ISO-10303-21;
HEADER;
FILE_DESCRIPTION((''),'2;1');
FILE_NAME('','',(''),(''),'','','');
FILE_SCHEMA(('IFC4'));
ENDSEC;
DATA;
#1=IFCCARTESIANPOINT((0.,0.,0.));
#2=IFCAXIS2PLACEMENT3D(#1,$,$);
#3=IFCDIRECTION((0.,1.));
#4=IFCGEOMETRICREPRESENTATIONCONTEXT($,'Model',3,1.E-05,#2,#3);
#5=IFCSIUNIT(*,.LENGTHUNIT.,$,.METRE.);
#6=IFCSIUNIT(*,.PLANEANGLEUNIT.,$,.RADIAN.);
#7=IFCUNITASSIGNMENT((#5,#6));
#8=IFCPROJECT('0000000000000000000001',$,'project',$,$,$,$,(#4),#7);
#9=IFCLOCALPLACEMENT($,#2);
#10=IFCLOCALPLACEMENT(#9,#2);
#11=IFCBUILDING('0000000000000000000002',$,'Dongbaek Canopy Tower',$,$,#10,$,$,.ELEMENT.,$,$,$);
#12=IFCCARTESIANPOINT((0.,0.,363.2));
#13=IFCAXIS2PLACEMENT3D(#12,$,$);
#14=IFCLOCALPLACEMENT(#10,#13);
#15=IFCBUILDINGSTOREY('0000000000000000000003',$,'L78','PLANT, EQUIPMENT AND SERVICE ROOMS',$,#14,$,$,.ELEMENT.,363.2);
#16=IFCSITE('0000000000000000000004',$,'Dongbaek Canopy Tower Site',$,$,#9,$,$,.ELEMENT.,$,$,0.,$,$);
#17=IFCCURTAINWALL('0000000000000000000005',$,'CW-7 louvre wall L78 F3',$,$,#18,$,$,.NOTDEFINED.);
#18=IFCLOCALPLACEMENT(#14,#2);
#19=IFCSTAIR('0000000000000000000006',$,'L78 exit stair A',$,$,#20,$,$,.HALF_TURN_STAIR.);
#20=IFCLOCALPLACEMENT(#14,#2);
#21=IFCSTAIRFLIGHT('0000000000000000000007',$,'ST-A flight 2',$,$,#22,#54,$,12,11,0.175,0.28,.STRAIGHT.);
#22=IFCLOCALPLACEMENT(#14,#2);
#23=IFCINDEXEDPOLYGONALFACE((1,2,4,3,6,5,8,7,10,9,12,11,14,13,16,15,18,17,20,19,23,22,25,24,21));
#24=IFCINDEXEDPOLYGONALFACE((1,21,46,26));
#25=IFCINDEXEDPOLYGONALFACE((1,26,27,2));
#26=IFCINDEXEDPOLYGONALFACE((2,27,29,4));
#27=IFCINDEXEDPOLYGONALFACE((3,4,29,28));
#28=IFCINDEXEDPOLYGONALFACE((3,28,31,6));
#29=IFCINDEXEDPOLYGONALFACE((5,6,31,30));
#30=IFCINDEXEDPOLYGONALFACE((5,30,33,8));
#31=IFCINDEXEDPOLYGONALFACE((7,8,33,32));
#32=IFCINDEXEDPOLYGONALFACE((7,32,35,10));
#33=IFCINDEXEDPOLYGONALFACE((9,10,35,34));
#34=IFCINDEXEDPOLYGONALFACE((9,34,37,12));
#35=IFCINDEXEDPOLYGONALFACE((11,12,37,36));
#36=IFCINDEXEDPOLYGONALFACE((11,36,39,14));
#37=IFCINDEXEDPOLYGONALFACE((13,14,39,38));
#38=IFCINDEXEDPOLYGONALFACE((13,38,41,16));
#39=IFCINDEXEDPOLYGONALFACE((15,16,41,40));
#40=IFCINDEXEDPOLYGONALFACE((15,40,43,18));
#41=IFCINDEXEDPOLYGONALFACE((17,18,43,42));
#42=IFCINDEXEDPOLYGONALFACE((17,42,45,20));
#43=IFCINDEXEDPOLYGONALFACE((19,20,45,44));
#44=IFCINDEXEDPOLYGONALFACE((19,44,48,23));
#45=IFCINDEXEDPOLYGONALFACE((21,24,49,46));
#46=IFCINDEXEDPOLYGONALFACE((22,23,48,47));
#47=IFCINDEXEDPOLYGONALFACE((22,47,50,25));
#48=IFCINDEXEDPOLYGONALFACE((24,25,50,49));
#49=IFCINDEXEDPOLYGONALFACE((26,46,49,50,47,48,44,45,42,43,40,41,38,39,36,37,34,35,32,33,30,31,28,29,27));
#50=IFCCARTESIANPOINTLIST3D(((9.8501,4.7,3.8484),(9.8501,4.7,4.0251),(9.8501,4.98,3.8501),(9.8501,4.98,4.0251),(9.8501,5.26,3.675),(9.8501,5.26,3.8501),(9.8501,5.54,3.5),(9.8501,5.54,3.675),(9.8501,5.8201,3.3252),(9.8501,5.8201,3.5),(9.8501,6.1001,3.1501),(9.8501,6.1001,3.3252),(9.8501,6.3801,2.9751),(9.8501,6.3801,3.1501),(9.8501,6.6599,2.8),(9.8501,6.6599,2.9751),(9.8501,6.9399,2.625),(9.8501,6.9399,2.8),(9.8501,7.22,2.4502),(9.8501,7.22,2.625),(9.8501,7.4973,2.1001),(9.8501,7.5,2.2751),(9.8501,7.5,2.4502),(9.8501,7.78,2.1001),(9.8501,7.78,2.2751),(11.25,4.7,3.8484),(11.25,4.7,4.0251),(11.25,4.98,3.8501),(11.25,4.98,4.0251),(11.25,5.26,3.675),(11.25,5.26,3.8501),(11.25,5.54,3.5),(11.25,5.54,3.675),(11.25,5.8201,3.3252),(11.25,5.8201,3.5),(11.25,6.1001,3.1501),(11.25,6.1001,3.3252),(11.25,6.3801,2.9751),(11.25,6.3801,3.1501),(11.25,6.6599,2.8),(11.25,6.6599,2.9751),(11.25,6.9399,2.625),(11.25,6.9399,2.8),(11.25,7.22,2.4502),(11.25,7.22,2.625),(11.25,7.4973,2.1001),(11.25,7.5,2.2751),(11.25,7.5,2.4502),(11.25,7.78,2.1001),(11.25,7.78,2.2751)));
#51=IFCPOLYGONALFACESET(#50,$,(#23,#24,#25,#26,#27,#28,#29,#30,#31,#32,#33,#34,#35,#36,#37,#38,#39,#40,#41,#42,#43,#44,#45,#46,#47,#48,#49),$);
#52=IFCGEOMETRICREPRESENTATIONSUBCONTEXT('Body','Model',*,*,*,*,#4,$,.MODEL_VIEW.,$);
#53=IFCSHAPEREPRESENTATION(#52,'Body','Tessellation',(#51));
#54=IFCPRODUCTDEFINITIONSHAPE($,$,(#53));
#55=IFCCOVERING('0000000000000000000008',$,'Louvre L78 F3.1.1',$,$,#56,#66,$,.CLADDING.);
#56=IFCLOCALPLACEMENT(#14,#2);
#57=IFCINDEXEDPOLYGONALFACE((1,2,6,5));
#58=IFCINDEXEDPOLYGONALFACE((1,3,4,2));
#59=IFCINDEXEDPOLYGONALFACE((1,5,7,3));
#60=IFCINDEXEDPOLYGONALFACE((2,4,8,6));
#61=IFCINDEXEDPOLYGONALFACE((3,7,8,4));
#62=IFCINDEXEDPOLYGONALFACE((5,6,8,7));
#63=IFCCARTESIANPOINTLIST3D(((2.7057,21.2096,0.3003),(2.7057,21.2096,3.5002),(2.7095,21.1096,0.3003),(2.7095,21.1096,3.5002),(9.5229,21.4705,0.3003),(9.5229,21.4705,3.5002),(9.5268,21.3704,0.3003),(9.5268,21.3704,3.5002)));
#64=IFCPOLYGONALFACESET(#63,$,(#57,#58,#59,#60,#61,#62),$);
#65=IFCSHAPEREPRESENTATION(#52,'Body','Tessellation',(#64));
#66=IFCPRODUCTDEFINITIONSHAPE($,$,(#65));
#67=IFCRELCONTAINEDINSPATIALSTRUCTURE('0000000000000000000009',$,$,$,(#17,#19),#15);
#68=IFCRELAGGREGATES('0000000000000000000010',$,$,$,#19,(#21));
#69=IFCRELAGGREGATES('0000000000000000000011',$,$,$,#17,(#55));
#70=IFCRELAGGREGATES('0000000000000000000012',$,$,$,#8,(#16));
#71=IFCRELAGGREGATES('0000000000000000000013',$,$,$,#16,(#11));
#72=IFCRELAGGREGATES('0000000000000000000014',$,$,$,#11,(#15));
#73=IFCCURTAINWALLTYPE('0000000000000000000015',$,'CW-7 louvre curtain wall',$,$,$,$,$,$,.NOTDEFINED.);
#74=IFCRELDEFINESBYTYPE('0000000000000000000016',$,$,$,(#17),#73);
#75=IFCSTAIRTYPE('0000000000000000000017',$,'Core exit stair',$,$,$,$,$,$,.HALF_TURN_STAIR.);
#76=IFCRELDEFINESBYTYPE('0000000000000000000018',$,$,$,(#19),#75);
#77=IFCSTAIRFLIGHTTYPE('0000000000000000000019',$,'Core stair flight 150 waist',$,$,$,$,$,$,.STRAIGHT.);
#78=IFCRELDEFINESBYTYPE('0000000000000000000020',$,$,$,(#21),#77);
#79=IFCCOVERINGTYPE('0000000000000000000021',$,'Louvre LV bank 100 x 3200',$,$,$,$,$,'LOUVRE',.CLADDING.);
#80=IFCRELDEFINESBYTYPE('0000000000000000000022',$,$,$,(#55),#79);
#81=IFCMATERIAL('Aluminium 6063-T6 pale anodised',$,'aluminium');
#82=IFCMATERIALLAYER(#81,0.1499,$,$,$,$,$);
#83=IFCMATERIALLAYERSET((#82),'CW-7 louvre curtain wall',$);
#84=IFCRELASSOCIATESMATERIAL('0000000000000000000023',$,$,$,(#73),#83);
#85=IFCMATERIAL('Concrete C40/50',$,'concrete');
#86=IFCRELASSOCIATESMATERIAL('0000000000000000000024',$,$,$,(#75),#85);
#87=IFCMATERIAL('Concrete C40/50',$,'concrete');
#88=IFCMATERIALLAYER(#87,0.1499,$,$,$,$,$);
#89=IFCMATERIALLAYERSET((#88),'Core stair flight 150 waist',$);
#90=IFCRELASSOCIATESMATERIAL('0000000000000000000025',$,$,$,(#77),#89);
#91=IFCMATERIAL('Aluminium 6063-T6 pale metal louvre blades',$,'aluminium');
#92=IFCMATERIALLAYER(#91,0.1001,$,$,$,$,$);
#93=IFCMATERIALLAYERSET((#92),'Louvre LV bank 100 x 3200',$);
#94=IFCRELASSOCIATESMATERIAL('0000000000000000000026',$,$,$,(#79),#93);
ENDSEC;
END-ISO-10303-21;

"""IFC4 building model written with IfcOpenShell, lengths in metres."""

from ifc_helpers import new_model, si_unit, direction, frame, origin, origin_2d, place, context, subcontext, project, spatial, polyline, rectangle, outline, extrude, material, layer, layer_set, type_object, element, aggregate, save


model = new_model("IFC4")

# Units and contexts
model_context = context("Model", 3, precision=1e-05, world=origin(), true_north=direction((0.0, 1.0)))
body_context = subcontext(model_context, "Body", "Model", "MODEL_VIEW")
ifc_project = project(units=[si_unit("LENGTHUNIT", "METRE"), si_unit("PLANEANGLEUNIT", "RADIAN")], contexts=[model_context])

# Site, building, storey
site_placement = place(None, origin())
site = spatial("IfcSite", under=ifc_project, at=site_placement, Name="Dongbaek Canopy Tower Site", CompositionType="ELEMENT", RefElevation=0.0)
building_placement = place(site_placement, origin())
building = spatial("IfcBuilding", under=site, at=building_placement, Name="Dongbaek Canopy Tower", CompositionType="ELEMENT")
storey_placement = place(building_placement, frame((0.0, 0.0, 363.2)))
storey = spatial("IfcBuildingStorey", under=building, at=storey_placement, Name="L78", Description="PLANT, EQUIPMENT AND SERVICE ROOMS", CompositionType="ELEMENT", Elevation=363.2)

# Shared definitions
ifc_material_1 = material(Name="Aluminium 6063-T6 pale anodised", Category="aluminium")
ifc_layer_1 = layer(ifc_material_1, 0.1499)
ifc_layer_set_1 = layer_set([ifc_layer_1], Name="CW-7 louvre curtain wall")
curtain_wall_type = type_object("IfcCurtainWallType", Name="CW-7 louvre curtain wall", PredefinedType="NOTDEFINED", material=ifc_layer_set_1)

# Curtain wall
curtain_wall_1_placement = place(storey_placement, origin())
curtain_wall_1 = element("IfcCurtainWall", 1, at=curtain_wall_1_placement, inside=storey, type_object=curtain_wall_type, Name="CW-7 louvre wall L78 F3", PredefinedType="NOTDEFINED")

# Stair, stair flight
ifc_material_2 = material(Name="Concrete C40/50", Category="concrete")
stair_type = type_object("IfcStairType", Name="Core exit stair", PredefinedType="HALF_TURN_STAIR", material=ifc_material_2)
stair_placement = place(storey_placement, origin())
stair = element("IfcStair", 2, at=stair_placement, inside=storey, type_object=stair_type, Name="L78 exit stair A", PredefinedType="HALF_TURN_STAIR")
ifc_material_3 = material(Name="Concrete C40/50", Category="concrete")
ifc_layer_2 = layer(ifc_material_3, 0.1499)
ifc_layer_set_2 = layer_set([ifc_layer_2], Name="Core stair flight 150 waist")
stair_flight_type = type_object("IfcStairFlightType", Name="Core stair flight 150 waist", PredefinedType="STRAIGHT", material=ifc_layer_set_2)
stair_flight_placement = place(storey_placement, frame((10.55, 7.78, 2.1001), z_axis=(0.0, 0.0, 1.0), x_axis=(0.0, -1.0, 0.0)))
stair_flight = element("IfcStairFlight", 3, at=stair_flight_placement, type_object=stair_flight_type, Name="ST-A flight 2", NumberOfRisers=12, NumberOfTreads=11, PredefinedType="STRAIGHT", RiserHeight=0.175, TreadLength=0.28, context=body_context, shape_type="SweptSolid", body=[
    extrude(outline(polyline([(0.0, 0.0), (0.0, 0.175), (0.28, 0.175), (0.28, 0.3501), (0.5601, 0.3501), (0.5601, 0.5249), (0.8401, 0.5249), (0.8401, 0.7), (1.1201, 0.7), (1.1201, 0.875), (1.3999, 0.875), (1.3999, 1.05), (1.6799, 1.05), (1.6799, 1.2251), (1.96, 1.2251), (1.96, 1.3999), (2.24, 1.3999), (2.24, 1.575), (2.52, 1.575), (2.52, 1.75), (2.8, 1.75), (2.8, 1.925), (3.0801, 1.925), (3.0801, 2.1001), (3.0801, 1.7483), (0.2827, 0.0), (0.0, 0.0)])), frame((0.0, 0.7, 0.0), z_axis=(0.0, -1.0, 0.0), x_axis=(1.0, 0.0, 0.0)), (0.0, 0.0, 1.0), 1.3999),
])
aggregate(stair, [stair_flight])

# Covering
ifc_material_4 = material(Name="Aluminium 6063-T6 pale metal louvre blades", Category="aluminium")
ifc_layer_3 = layer(ifc_material_4, 0.1001)
ifc_layer_set_3 = layer_set([ifc_layer_3], Name="Louvre LV bank 100 x 3200")
covering_type = type_object("IfcCoveringType", Name="Louvre LV bank 100 x 3200", ElementType="LOUVRE", PredefinedType="CLADDING", material=ifc_layer_set_3)
covering_placement = place(storey_placement, frame((6.1162, 21.29, 0.3003), z_axis=(0.0, 0.0, 1.0), x_axis=(-0.999269, -0.038232, 0.0)))
covering = element("IfcCovering", 4, at=covering_placement, type_object=covering_type, Name="Louvre L78 F3.1.1", PredefinedType="CLADDING", context=body_context, shape_type="SweptSolid", body=[
    extrude(rectangle(XDim=6.8223, YDim=0.1001, at=origin_2d()), origin(), (0.0, 0.0, 1.0), 3.2),
])

aggregate(curtain_wall_1, [covering])

save(model, "model.ifc")
